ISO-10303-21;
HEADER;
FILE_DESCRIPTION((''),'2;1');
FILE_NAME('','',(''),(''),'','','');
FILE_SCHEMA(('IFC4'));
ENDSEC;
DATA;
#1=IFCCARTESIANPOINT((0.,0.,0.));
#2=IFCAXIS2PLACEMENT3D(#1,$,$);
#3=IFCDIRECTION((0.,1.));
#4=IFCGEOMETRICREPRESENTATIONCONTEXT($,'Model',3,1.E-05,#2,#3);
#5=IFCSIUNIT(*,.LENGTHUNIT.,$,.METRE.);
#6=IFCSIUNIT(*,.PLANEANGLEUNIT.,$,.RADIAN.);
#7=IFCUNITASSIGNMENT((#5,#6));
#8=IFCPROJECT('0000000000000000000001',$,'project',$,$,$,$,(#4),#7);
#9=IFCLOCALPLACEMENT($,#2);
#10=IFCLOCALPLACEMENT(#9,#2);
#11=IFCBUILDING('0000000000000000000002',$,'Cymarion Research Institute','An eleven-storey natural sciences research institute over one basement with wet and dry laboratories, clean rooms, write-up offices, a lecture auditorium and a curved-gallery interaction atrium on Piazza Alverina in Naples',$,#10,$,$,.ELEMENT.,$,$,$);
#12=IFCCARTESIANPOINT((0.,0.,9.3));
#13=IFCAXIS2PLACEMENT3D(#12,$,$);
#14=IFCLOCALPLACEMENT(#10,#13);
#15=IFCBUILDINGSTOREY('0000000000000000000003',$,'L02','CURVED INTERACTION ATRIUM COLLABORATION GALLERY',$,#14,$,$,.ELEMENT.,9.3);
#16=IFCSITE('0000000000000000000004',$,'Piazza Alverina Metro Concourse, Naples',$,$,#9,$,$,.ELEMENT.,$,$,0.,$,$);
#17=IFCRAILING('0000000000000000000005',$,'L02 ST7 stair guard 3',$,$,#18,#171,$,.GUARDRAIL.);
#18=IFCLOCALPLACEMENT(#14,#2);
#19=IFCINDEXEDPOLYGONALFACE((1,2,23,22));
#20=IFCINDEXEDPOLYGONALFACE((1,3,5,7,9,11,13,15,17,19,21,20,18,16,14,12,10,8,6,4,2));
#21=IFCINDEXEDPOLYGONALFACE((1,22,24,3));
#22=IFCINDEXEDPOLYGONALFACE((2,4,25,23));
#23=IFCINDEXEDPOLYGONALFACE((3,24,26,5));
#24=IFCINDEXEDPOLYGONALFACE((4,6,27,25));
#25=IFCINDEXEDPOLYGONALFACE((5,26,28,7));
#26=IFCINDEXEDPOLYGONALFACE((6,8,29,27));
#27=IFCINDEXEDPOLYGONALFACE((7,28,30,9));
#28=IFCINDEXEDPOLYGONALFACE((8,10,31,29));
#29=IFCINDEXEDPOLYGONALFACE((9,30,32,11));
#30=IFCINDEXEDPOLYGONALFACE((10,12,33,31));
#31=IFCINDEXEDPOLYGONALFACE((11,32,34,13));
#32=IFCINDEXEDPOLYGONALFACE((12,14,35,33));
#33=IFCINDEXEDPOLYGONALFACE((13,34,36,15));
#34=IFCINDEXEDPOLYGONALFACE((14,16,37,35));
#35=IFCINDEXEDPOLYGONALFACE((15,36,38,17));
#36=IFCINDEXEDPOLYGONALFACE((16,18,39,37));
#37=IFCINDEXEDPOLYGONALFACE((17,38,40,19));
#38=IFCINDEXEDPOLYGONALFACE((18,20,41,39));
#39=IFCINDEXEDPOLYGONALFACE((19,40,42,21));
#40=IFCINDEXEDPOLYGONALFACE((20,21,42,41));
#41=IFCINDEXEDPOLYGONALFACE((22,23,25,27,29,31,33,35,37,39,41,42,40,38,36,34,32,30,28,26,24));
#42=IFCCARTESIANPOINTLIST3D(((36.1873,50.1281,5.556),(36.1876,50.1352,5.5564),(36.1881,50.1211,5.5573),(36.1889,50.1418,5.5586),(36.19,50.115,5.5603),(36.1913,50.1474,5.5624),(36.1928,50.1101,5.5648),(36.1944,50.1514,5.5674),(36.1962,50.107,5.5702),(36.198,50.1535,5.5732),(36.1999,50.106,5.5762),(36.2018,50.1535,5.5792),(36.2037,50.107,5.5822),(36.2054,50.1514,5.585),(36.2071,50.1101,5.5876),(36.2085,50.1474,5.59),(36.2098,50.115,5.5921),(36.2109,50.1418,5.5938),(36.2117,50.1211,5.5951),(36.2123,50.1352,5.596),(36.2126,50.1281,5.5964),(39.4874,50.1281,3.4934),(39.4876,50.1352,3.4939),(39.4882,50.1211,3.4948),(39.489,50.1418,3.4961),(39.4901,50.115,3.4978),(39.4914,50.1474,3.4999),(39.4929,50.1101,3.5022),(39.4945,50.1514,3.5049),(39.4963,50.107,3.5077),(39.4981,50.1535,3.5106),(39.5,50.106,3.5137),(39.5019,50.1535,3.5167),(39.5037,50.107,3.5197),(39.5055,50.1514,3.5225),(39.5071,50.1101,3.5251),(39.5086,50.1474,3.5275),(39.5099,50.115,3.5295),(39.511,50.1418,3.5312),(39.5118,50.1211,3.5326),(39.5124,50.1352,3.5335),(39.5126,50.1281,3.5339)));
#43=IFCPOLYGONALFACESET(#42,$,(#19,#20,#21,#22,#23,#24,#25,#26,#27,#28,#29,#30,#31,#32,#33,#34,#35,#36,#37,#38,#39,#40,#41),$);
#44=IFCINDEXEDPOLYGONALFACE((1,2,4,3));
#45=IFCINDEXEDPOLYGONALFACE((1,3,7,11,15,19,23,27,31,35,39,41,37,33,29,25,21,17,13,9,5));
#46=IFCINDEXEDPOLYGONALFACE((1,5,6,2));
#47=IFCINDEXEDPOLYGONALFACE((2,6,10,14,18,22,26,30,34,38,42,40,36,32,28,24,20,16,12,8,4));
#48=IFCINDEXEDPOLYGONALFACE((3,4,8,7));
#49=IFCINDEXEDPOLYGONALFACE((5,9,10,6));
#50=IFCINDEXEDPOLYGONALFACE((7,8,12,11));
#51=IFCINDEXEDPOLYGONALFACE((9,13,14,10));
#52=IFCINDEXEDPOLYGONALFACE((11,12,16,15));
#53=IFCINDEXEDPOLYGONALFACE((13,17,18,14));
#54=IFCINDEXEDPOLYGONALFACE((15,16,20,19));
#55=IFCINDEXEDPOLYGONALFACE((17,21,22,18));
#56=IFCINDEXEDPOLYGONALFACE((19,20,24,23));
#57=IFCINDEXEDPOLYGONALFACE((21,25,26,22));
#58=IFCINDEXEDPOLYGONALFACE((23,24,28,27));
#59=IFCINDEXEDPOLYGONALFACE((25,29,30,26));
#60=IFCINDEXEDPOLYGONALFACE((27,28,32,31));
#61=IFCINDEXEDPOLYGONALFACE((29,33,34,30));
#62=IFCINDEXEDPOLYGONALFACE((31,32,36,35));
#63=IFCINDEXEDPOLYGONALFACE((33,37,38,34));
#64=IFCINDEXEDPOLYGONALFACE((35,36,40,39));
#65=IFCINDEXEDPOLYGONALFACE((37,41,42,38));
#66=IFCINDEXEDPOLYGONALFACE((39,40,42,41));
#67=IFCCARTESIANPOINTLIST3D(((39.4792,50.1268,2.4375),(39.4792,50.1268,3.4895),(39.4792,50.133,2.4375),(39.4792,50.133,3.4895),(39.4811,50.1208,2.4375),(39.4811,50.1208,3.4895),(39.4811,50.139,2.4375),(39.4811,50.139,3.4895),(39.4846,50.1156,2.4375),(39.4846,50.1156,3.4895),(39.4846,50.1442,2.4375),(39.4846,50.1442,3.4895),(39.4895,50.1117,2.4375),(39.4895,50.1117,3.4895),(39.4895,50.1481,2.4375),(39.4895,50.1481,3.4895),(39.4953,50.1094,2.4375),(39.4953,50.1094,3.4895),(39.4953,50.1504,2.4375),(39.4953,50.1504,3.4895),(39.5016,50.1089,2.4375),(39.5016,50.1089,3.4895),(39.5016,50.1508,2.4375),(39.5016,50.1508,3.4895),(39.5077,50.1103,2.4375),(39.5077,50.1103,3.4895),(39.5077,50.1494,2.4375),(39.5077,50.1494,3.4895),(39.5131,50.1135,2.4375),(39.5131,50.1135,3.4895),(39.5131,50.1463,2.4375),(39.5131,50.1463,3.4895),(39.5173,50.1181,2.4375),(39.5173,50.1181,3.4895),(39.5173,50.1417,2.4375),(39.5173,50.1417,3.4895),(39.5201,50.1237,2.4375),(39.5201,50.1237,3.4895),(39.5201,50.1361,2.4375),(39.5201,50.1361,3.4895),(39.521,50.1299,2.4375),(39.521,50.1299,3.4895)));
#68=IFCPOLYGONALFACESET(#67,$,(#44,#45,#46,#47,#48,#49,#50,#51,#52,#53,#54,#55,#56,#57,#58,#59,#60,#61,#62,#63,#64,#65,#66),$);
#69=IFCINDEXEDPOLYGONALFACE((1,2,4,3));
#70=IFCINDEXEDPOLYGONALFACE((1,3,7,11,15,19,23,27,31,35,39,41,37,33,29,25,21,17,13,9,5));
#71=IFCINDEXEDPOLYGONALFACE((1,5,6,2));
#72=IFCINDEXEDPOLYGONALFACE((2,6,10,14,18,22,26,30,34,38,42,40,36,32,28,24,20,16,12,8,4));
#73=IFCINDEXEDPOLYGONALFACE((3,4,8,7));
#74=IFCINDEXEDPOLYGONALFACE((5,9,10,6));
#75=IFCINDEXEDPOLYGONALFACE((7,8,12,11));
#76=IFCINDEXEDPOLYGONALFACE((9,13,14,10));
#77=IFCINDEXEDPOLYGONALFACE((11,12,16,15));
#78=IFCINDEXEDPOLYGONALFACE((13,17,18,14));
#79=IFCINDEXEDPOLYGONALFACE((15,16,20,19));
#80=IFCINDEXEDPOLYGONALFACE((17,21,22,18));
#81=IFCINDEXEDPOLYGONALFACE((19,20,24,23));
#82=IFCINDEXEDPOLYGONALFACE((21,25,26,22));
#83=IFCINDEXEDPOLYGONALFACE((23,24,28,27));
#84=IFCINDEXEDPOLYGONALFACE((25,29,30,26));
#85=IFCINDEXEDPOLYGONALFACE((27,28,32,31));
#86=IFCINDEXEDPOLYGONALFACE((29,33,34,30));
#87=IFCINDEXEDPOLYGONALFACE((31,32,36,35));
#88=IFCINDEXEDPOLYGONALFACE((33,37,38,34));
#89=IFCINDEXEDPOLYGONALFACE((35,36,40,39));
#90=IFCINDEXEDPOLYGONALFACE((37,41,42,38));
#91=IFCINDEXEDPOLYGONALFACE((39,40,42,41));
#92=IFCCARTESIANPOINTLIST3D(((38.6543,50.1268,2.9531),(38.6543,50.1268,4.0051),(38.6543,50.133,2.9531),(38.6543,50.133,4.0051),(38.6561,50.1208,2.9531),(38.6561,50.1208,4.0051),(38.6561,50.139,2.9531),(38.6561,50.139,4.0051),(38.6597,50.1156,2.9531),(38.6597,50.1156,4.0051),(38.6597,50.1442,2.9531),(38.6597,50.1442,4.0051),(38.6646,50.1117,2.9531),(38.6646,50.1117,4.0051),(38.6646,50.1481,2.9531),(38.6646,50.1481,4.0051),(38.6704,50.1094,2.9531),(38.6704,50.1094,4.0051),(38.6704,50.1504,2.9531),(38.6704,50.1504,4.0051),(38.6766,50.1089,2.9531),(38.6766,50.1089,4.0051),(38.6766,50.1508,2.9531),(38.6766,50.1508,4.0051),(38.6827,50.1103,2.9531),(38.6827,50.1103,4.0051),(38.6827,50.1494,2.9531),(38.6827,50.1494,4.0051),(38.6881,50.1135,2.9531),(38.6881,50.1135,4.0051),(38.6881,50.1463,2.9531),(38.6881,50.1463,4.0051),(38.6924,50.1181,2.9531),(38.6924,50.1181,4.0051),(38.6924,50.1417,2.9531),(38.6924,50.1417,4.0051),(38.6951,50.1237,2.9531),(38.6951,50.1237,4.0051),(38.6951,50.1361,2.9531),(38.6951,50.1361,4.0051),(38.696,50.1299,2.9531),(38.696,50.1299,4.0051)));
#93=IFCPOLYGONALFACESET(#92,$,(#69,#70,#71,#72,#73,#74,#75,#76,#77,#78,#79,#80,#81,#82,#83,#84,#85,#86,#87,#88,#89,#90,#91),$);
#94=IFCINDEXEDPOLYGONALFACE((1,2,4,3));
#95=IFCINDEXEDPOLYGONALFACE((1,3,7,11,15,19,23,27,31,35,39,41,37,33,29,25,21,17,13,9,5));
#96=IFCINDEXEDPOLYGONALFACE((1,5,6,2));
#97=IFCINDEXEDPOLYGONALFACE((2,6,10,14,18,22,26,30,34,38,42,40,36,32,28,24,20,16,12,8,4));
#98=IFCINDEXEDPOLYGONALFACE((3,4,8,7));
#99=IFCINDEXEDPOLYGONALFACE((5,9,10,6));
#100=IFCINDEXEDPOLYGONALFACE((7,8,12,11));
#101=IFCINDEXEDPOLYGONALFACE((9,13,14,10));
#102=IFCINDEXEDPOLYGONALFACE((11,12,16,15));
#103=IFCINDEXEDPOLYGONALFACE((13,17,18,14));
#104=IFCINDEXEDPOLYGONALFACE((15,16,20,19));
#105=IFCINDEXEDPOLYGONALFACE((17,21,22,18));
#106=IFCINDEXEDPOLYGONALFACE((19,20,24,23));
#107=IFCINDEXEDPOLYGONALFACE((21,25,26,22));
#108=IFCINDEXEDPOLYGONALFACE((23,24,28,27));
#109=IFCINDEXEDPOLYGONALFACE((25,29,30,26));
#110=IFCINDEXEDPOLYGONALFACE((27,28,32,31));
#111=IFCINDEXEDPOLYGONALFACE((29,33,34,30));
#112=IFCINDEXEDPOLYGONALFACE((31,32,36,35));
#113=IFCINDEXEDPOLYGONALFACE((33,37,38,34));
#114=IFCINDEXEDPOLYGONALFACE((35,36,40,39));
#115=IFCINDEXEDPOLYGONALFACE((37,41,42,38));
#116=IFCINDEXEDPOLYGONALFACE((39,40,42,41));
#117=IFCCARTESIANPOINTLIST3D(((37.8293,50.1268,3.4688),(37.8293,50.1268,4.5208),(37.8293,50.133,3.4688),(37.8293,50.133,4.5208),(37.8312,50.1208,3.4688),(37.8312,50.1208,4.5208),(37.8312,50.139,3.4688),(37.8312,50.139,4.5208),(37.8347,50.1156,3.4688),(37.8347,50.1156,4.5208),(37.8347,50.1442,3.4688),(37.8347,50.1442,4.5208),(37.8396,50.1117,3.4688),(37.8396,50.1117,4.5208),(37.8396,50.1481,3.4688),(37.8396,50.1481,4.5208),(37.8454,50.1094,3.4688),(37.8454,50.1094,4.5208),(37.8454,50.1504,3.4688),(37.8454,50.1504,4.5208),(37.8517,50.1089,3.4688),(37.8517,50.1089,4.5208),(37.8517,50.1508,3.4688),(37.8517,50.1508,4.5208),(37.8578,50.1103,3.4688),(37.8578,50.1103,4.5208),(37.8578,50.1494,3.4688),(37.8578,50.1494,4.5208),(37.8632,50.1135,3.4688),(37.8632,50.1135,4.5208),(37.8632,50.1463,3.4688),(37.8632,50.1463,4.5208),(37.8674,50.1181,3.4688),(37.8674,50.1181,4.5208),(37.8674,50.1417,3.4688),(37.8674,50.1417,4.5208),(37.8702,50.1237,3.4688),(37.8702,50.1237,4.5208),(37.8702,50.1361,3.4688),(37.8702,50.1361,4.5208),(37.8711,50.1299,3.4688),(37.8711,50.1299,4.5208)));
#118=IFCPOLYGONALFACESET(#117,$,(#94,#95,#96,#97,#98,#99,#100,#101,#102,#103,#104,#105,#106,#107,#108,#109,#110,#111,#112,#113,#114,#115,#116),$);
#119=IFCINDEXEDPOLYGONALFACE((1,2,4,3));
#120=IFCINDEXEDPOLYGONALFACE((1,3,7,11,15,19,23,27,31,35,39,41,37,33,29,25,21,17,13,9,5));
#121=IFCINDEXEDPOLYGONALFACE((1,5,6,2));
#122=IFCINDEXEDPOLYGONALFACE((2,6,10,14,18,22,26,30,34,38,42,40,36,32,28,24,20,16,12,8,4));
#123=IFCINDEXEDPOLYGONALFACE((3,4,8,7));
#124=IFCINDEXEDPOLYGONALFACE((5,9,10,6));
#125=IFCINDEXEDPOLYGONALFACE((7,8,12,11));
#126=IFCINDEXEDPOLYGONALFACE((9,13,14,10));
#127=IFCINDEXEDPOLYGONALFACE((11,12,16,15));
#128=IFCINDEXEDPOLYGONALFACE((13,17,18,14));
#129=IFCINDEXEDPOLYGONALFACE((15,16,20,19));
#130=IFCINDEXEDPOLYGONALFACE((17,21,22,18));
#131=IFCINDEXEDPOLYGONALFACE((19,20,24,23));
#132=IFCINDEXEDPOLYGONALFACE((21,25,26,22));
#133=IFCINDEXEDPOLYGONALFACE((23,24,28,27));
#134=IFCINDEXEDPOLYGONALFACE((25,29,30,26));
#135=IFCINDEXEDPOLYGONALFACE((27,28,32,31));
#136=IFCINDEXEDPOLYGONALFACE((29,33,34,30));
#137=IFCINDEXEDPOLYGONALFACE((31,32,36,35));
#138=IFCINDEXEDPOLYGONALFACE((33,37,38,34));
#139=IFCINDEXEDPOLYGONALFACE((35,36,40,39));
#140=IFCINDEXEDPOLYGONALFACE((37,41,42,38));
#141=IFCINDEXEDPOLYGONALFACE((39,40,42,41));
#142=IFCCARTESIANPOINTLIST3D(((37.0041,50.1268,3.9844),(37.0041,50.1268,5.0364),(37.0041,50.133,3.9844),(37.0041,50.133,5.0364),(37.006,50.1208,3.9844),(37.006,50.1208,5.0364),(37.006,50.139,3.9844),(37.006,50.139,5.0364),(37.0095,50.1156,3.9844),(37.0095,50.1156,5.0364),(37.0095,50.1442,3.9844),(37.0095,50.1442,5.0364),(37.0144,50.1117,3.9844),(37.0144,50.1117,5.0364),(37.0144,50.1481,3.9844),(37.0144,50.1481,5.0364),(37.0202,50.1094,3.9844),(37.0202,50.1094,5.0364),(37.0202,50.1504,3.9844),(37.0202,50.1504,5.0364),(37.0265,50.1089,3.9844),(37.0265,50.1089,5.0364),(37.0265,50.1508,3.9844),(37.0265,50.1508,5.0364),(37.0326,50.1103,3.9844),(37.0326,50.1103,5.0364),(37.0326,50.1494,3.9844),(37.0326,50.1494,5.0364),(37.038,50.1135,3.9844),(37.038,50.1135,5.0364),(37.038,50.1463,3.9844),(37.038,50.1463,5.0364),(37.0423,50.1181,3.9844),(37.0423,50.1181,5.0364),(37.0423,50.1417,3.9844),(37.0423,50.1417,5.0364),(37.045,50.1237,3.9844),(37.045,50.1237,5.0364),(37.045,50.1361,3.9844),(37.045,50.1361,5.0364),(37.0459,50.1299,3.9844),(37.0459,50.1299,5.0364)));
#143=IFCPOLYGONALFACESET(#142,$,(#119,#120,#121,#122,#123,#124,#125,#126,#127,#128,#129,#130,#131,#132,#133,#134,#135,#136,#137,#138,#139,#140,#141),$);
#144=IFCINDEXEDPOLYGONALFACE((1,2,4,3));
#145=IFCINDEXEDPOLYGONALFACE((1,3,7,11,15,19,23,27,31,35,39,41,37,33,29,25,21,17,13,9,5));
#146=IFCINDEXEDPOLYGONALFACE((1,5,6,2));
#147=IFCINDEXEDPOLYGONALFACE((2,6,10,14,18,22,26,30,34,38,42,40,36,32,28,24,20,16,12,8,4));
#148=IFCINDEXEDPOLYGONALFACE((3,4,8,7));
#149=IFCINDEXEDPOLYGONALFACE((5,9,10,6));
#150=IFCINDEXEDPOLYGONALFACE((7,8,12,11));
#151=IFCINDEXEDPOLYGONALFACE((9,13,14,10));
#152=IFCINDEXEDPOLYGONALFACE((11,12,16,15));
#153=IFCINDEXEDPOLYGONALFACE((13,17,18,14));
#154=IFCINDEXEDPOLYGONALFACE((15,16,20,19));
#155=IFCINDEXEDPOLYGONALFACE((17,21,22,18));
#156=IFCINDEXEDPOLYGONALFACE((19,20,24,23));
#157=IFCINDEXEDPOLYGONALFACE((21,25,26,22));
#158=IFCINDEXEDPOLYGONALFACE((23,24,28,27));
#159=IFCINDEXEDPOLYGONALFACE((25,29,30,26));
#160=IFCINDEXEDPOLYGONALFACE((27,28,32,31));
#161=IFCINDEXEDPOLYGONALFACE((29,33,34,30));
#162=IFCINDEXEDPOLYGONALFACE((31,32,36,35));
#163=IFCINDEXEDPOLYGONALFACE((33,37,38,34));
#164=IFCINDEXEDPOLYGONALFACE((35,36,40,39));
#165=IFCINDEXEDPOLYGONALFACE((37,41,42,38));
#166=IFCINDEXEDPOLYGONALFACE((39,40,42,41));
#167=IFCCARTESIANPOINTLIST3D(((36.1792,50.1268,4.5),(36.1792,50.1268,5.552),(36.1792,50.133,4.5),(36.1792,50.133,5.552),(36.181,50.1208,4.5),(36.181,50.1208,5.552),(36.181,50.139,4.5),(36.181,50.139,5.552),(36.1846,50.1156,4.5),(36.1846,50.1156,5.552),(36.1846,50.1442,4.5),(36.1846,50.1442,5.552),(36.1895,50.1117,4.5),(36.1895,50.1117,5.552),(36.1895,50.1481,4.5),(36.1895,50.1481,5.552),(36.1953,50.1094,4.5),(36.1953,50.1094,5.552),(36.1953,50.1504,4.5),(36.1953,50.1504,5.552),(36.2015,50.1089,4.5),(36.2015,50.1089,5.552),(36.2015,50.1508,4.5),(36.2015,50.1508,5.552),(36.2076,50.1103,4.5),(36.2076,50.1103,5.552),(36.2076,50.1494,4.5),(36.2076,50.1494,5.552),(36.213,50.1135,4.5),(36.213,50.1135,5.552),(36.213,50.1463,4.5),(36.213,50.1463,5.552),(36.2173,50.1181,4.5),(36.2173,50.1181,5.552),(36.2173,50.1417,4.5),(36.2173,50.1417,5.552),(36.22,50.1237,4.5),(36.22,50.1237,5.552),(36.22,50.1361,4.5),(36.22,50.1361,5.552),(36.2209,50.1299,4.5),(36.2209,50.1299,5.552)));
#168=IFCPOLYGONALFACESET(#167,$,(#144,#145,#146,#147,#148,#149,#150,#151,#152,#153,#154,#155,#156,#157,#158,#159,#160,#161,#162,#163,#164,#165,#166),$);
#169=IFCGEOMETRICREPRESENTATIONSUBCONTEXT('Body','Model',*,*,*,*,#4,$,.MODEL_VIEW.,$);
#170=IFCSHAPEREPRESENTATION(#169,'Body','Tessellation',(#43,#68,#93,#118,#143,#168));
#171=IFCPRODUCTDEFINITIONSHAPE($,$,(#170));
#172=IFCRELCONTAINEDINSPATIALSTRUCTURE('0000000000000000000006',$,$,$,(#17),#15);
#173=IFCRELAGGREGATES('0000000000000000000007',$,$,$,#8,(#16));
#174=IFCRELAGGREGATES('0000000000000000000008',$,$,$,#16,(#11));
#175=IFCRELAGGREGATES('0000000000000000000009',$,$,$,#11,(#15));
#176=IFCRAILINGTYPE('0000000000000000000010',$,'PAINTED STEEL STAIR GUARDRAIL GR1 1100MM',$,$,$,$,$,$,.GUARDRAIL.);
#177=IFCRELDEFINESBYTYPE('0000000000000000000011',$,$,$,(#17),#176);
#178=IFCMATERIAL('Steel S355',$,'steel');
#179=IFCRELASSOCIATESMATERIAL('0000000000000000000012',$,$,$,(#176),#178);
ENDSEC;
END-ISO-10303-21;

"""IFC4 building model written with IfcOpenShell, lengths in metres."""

from ifc_helpers import new_model, si_unit, direction, frame, origin, origin_2d, place, context, subcontext, project, spatial, circle, extrude, material, type_object, element, save


model = new_model("IFC4")

# Units and contexts
model_context = context("Model", 3, precision=1e-05, world=origin(), true_north=direction((0.0, 1.0)))
body_context = subcontext(model_context, "Body", "Model", "MODEL_VIEW")
ifc_project = project(units=[si_unit("LENGTHUNIT", "METRE"), si_unit("PLANEANGLEUNIT", "RADIAN")], contexts=[model_context])

# Site, building, storey
site_placement = place(None, origin())
site = spatial("IfcSite", under=ifc_project, at=site_placement, Name="Piazza Alverina Metro Concourse, Naples", CompositionType="ELEMENT", RefElevation=0.0)
building_placement = place(site_placement, origin())
building = spatial("IfcBuilding", under=site, at=building_placement, Name="Cymarion Research Institute", Description="An eleven-storey natural sciences research institute over one basement with wet and dry laboratories, clean rooms, write-up offices, a lecture auditorium and a curved-gallery interaction atrium on Piazza Alverina in Naples", CompositionType="ELEMENT")
storey_placement = place(building_placement, frame((0.0, 0.0, 9.3)))
storey = spatial("IfcBuildingStorey", under=building, at=storey_placement, Name="L02", Description="CURVED INTERACTION ATRIUM COLLABORATION GALLERY", CompositionType="ELEMENT", Elevation=9.3)

# Railing
ifc_material_1 = material(Name="Steel S355", Category="steel")
railing_type_1 = type_object("IfcRailingType", Name="PAINTED STEEL STAIR GUARDRAIL GR1 1100MM", PredefinedType="GUARDRAIL", material=ifc_material_1)
railing_1_placement = place(storey_placement, frame((39.5, 50.1299, 2.4375)))
element("IfcRailing", 1, at=railing_1_placement, inside=storey, type_object=railing_type_1, Name="L02 ST7 stair guard 3", PredefinedType="GUARDRAIL", context=body_context, shape_type="SweptSolid", body=[
    extrude(circle(Radius=0.0239, at=origin_2d()), frame((0.0, 0.0, 1.0762), z_axis=(-0.848002, 0.0, 0.529993), x_axis=(0.0, -1.0, 0.0)), (0.0, 0.0, 1.0), 3.8916),
    extrude(circle(Radius=0.021, at=origin_2d()), origin(), (0.0, 0.0, 1.0), 1.052),
    extrude(circle(Radius=0.021, at=origin_2d()), frame((-0.825, 0.0, 0.5156)), (0.0, 0.0, 1.0), 1.052),
    extrude(circle(Radius=0.021, at=origin_2d()), frame((-1.6499, 0.0, 1.0312)), (0.0, 0.0, 1.0), 1.052),
    extrude(circle(Radius=0.021, at=origin_2d()), frame((-2.4751, 0.0, 1.5469)), (0.0, 0.0, 1.0), 1.052),
    extrude(circle(Radius=0.021, at=origin_2d()), frame((-3.3, 0.0, 2.0625)), (0.0, 0.0, 1.0), 1.052),
])

save(model, "model.ifc")
